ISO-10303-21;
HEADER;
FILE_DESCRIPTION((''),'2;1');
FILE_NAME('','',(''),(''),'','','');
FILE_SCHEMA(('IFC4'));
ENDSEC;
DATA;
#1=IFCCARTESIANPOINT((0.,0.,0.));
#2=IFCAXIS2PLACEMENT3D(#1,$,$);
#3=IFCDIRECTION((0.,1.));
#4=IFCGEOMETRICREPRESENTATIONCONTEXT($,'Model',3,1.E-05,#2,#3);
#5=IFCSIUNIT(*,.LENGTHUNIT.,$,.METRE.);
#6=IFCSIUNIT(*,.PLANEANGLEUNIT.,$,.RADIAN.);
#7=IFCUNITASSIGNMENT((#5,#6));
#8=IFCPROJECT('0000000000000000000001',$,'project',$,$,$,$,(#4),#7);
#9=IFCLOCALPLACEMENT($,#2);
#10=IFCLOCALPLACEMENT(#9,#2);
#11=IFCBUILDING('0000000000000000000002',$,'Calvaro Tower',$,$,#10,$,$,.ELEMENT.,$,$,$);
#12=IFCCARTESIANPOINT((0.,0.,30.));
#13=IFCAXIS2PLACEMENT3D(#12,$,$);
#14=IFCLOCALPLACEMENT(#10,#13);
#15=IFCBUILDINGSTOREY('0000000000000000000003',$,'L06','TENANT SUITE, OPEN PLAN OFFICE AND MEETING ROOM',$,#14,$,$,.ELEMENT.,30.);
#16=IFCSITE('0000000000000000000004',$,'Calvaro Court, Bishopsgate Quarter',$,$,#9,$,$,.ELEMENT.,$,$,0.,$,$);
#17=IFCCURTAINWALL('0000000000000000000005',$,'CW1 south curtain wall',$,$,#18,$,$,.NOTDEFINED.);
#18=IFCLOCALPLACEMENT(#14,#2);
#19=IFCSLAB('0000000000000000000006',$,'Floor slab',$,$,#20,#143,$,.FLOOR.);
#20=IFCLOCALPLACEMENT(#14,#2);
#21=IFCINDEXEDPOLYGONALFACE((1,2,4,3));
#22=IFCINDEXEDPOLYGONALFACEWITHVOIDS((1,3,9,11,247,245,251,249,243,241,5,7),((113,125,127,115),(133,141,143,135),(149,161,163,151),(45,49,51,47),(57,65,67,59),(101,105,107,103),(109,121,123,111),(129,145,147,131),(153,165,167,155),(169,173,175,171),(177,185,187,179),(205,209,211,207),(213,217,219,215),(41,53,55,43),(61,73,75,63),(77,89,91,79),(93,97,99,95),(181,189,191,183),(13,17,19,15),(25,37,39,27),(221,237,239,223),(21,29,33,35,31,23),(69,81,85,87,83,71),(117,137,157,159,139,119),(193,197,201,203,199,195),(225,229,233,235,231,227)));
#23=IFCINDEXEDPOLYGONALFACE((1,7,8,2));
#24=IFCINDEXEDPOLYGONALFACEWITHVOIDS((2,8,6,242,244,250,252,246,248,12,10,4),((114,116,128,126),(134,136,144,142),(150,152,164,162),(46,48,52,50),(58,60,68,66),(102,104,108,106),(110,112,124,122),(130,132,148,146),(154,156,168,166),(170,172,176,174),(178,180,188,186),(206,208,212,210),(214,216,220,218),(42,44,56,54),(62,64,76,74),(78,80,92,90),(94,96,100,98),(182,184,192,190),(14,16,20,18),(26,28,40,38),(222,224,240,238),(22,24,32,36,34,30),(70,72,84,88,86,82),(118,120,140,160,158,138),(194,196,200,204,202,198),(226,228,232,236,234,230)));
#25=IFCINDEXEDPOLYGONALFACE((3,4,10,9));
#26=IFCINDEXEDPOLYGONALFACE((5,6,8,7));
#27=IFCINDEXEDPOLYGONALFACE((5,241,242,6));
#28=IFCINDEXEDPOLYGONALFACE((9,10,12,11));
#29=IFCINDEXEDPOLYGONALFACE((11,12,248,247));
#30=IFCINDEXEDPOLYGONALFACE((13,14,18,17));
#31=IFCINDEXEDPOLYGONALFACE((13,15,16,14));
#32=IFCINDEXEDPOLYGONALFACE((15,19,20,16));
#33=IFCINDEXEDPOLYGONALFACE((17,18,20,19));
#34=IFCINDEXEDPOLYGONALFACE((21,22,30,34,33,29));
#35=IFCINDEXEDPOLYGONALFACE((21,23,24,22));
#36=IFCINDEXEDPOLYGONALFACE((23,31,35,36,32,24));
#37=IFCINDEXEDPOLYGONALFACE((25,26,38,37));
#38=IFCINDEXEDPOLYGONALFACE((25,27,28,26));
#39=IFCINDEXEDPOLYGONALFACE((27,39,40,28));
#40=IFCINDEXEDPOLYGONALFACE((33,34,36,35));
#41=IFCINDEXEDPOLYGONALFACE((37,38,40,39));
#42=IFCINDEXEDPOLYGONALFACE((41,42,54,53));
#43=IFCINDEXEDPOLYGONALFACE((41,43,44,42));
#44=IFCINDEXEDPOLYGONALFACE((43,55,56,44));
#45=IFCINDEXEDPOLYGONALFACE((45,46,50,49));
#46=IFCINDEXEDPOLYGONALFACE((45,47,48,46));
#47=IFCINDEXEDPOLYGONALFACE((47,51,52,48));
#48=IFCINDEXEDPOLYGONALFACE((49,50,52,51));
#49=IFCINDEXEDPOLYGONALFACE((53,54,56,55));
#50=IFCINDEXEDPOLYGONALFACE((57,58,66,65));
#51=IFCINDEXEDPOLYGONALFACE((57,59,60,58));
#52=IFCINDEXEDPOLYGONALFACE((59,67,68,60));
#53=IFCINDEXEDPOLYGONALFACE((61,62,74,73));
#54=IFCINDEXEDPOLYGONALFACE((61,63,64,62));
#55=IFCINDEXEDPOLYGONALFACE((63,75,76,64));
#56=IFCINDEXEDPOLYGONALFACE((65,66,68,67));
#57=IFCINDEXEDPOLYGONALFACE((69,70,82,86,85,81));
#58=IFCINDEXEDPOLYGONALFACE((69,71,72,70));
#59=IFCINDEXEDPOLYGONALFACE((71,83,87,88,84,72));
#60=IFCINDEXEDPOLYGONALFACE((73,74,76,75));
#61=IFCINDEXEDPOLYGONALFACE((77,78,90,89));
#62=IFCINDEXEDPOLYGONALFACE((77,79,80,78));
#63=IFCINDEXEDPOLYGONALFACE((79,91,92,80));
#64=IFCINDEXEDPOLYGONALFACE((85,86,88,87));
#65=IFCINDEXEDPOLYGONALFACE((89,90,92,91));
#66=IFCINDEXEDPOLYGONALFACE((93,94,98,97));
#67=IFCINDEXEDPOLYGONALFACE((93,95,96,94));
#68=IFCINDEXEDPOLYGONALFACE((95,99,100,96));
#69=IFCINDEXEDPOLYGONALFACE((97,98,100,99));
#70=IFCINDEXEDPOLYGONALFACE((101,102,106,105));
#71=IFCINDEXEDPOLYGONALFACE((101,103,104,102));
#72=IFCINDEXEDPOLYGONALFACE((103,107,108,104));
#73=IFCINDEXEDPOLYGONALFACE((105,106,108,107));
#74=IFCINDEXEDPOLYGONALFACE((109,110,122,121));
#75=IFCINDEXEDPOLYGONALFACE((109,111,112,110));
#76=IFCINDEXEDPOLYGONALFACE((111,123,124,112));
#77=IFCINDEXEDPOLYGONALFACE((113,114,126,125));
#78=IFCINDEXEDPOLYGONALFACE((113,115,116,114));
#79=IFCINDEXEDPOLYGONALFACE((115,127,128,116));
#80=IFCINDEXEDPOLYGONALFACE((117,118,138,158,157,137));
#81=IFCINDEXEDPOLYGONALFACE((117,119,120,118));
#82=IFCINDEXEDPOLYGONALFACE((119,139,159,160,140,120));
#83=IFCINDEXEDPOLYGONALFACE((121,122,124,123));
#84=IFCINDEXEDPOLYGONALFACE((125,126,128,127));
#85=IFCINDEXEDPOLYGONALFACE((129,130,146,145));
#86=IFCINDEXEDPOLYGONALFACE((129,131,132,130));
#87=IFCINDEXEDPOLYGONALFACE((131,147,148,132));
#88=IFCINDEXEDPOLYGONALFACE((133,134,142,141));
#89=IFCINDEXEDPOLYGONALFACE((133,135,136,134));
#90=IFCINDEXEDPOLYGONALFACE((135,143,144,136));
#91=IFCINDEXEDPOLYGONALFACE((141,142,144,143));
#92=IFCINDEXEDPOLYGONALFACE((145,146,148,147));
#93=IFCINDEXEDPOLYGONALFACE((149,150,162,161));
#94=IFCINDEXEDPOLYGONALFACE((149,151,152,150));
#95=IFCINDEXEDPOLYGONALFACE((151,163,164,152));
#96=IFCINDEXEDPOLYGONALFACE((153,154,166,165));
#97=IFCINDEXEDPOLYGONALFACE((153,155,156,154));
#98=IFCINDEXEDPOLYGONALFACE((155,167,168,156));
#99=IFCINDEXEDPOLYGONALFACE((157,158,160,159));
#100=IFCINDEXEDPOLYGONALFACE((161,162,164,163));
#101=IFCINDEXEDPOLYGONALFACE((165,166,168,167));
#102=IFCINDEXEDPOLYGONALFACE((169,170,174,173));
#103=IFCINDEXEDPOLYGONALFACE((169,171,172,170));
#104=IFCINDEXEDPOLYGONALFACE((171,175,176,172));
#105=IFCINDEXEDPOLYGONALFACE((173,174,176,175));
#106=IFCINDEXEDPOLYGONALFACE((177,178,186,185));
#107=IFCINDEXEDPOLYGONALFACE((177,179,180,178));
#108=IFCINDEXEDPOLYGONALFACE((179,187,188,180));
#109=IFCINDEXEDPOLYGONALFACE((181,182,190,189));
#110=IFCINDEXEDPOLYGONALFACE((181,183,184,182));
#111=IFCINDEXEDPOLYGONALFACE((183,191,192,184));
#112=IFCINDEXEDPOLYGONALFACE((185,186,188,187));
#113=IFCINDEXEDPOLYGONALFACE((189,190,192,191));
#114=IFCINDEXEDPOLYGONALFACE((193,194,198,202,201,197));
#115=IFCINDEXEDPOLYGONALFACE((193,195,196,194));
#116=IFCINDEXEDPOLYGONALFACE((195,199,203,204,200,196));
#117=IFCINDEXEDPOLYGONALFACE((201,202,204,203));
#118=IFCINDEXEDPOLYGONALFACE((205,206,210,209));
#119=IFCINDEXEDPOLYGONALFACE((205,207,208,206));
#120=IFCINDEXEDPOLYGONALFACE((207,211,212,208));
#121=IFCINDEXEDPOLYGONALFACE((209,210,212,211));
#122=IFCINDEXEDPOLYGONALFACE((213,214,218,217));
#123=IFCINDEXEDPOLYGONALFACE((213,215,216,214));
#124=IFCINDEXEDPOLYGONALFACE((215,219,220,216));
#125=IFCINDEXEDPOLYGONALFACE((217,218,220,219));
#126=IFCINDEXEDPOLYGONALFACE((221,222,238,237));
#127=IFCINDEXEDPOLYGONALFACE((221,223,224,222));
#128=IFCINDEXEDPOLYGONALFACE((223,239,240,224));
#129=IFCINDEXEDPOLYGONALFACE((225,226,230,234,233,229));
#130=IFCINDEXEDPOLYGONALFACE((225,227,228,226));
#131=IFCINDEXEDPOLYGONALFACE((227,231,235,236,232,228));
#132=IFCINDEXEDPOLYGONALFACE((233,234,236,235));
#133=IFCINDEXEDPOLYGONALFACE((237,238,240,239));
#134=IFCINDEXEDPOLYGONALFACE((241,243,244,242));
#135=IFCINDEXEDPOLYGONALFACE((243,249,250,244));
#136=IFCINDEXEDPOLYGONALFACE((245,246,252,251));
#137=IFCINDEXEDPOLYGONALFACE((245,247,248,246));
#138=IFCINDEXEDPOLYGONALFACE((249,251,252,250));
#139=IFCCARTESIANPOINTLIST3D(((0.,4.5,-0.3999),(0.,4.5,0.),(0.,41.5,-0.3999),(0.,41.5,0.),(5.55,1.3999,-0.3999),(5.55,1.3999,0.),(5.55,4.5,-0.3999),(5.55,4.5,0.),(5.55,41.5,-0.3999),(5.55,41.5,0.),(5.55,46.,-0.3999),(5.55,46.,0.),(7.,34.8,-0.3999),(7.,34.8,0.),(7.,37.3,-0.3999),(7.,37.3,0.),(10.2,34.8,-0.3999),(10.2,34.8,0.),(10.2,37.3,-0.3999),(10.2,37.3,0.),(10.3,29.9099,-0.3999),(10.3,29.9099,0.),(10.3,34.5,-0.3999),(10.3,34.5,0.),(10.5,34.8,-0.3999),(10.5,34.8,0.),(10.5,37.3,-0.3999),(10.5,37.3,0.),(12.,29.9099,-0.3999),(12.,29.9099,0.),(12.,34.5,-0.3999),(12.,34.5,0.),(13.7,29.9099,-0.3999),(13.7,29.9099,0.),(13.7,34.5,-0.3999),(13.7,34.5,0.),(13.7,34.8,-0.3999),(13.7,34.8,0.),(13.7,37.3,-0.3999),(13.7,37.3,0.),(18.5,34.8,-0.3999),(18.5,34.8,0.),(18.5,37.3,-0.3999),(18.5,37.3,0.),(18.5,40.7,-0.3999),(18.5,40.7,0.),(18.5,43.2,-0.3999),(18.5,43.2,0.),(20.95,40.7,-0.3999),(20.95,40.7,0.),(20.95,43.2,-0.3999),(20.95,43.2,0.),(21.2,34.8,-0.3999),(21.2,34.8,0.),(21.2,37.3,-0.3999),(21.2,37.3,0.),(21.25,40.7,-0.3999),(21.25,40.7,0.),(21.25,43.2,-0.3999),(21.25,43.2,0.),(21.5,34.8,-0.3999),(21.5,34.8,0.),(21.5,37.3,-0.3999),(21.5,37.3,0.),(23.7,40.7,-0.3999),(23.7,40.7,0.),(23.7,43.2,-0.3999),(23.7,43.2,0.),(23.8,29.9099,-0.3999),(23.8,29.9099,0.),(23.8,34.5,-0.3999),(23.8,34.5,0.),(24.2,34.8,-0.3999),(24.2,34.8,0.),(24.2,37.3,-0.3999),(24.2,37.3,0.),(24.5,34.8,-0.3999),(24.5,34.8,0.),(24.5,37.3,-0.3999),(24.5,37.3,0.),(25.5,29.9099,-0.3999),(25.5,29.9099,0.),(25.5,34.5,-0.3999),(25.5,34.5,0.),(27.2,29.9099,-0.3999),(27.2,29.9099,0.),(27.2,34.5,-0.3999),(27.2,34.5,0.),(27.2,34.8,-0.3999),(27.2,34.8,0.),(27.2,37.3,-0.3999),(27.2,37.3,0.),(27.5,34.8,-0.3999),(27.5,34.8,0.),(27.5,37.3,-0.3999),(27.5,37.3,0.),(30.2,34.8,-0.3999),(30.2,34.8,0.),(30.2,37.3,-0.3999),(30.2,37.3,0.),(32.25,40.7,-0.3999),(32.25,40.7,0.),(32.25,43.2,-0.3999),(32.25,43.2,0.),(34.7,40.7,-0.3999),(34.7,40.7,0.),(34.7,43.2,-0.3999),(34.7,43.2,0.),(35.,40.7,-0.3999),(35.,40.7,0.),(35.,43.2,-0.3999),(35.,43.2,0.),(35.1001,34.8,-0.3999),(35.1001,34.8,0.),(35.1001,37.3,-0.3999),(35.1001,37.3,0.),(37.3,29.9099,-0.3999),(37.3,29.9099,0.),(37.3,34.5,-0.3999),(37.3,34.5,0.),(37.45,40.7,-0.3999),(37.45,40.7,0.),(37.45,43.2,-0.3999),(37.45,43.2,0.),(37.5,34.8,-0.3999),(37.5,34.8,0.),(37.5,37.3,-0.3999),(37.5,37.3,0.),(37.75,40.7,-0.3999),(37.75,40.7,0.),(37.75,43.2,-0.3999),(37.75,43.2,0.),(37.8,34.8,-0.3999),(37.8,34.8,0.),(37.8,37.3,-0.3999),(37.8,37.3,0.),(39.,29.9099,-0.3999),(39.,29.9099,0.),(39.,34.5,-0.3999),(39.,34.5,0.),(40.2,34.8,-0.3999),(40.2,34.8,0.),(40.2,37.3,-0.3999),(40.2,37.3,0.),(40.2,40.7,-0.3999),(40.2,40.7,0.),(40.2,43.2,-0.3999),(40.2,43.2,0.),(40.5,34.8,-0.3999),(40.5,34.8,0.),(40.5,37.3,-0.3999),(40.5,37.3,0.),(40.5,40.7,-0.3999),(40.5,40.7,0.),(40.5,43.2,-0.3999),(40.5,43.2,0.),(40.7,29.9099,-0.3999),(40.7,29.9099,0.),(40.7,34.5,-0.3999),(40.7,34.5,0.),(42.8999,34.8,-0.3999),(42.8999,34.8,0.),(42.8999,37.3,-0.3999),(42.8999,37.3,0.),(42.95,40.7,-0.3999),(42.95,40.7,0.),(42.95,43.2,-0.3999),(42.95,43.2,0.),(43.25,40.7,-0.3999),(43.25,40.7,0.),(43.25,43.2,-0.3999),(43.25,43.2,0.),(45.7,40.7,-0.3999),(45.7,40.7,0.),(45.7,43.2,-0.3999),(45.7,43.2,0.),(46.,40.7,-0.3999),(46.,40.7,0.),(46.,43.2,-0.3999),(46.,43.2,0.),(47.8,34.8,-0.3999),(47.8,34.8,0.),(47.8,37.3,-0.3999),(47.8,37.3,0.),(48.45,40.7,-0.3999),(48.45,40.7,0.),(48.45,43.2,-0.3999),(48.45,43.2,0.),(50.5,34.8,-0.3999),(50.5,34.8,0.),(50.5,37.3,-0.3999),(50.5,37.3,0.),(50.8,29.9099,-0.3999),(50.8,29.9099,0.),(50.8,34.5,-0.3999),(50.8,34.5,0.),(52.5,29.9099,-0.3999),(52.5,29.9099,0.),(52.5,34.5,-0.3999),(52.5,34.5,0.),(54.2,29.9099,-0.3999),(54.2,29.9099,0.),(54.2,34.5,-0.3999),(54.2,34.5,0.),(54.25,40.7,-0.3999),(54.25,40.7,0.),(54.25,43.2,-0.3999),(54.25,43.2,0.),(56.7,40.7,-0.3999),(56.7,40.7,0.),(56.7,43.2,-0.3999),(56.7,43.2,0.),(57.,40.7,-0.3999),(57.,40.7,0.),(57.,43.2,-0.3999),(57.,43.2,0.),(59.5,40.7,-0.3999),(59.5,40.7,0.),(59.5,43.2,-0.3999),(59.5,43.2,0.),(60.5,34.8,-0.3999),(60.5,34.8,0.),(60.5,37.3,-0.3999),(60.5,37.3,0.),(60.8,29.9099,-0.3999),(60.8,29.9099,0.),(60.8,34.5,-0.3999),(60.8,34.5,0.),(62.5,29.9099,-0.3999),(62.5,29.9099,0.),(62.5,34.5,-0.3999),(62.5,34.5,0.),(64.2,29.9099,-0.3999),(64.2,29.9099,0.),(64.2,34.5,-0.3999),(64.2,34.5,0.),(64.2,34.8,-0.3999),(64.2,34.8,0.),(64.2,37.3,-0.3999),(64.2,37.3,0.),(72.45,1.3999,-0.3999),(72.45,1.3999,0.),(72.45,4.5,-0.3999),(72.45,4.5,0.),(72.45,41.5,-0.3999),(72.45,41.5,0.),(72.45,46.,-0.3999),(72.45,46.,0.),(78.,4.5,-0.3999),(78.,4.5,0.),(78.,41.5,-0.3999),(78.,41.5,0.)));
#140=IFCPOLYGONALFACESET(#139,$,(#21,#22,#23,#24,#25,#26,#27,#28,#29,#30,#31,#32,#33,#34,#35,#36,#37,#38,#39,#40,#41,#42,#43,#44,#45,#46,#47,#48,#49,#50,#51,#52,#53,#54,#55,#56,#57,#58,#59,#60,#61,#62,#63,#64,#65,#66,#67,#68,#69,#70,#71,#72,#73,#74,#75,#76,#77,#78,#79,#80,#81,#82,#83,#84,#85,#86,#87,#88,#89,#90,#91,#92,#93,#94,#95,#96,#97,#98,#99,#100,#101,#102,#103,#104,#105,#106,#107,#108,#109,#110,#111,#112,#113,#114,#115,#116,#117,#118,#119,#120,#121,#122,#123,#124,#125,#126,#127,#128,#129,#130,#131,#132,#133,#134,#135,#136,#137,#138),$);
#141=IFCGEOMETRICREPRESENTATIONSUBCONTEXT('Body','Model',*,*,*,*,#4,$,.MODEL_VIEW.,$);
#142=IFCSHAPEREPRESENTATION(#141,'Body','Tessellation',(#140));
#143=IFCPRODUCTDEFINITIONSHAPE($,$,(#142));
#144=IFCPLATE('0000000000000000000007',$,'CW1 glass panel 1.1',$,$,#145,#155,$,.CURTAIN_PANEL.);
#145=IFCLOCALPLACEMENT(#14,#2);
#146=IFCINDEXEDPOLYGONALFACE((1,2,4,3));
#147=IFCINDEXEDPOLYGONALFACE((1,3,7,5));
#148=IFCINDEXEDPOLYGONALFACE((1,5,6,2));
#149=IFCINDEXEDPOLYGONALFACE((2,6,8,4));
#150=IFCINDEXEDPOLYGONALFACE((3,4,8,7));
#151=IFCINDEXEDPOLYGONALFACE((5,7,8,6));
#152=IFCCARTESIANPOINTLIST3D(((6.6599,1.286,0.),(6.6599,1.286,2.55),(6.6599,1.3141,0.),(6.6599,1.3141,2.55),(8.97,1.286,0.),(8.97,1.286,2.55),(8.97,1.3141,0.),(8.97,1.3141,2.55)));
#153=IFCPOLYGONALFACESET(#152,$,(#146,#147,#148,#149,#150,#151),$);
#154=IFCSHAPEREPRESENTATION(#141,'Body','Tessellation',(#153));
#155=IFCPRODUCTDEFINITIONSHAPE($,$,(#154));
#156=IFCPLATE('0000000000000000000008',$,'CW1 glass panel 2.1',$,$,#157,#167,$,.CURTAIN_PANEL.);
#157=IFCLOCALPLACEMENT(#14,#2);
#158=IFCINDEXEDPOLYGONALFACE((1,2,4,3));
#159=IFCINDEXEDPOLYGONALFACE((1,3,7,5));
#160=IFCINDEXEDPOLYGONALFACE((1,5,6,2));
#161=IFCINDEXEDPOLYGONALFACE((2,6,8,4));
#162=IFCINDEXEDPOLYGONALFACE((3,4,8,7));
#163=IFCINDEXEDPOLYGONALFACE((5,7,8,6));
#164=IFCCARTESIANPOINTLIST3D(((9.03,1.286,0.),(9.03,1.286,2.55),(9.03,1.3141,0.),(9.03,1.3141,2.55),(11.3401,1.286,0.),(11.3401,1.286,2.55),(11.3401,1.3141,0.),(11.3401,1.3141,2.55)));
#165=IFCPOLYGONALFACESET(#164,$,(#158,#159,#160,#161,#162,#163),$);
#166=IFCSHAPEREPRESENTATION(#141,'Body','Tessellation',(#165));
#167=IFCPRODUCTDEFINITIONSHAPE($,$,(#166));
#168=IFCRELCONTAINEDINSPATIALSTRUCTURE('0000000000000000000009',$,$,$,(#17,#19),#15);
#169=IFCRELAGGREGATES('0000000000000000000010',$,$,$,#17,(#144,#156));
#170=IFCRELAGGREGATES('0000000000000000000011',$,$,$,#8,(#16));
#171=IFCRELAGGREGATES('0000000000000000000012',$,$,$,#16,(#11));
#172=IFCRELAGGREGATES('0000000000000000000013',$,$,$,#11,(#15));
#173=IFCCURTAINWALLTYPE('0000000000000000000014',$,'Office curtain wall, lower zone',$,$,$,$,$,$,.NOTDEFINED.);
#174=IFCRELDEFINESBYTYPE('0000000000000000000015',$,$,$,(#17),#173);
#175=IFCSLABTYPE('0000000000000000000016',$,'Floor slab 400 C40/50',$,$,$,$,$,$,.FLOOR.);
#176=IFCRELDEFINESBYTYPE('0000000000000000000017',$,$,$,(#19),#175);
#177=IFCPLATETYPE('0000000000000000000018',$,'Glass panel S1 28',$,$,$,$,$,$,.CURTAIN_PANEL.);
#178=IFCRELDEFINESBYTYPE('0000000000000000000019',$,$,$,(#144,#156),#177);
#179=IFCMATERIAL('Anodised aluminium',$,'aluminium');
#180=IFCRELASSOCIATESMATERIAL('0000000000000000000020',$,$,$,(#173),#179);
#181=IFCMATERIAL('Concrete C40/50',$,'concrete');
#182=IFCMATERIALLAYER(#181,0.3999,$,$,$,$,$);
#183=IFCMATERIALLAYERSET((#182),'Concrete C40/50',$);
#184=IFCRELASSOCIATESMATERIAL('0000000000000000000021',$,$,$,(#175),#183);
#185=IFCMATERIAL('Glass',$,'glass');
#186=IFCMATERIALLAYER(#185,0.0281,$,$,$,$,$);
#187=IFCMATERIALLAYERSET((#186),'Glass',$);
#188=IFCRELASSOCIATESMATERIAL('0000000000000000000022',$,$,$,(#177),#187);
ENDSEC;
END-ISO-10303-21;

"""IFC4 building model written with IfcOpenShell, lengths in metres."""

from ifc_helpers import new_model, si_unit, direction, frame, origin, origin_2d, place, context, subcontext, project, spatial, polyline, rectangle, outline, extrude, material, layer, layer_set, type_object, element, aggregate, save


model = new_model("IFC4")

# Units and contexts
model_context = context("Model", 3, precision=1e-05, world=origin(), true_north=direction((0.0, 1.0)))
body_context = subcontext(model_context, "Body", "Model", "MODEL_VIEW")
ifc_project = project(units=[si_unit("LENGTHUNIT", "METRE"), si_unit("PLANEANGLEUNIT", "RADIAN")], contexts=[model_context])

# Site, building, storey
site_placement = place(None, origin())
site = spatial("IfcSite", under=ifc_project, at=site_placement, Name="Calvaro Court, Bishopsgate Quarter", CompositionType="ELEMENT", RefElevation=0.0)
building_placement = place(site_placement, origin())
building = spatial("IfcBuilding", under=site, at=building_placement, Name="Calvaro Tower", CompositionType="ELEMENT")
storey_placement = place(building_placement, frame((0.0, 0.0, 30.0)))
storey = spatial("IfcBuildingStorey", under=building, at=storey_placement, Name="L06", Description="TENANT SUITE, OPEN PLAN OFFICE AND MEETING ROOM", CompositionType="ELEMENT", Elevation=30.0)

# Curtain wall
ifc_material_1 = material(Name="Anodised aluminium", Category="aluminium")
curtain_wall_type = type_object("IfcCurtainWallType", Name="Office curtain wall, lower zone", PredefinedType="NOTDEFINED", material=ifc_material_1)
curtain_wall_1_placement = place(storey_placement, origin())
curtain_wall_1 = element("IfcCurtainWall", 1, at=curtain_wall_1_placement, inside=storey, type_object=curtain_wall_type, Name="CW1 south curtain wall", PredefinedType="NOTDEFINED")

# Slab
ifc_material_2 = material(Name="Concrete C40/50", Category="concrete")
ifc_layer_1 = layer(ifc_material_2, 0.3999)
ifc_layer_set_1 = layer_set([ifc_layer_1], Name="Concrete C40/50")
slab_type_1 = type_object("IfcSlabType", Name="Floor slab 400 C40/50", PredefinedType="FLOOR", material=ifc_layer_set_1)
slab_1_placement = place(storey_placement, frame((0.0, 0.0, -0.3999)))
element("IfcSlab", 2, at=slab_1_placement, inside=storey, type_object=slab_type_1, Name="Floor slab", PredefinedType="FLOOR", context=body_context, shape_type="SweptSolid", body=[
    extrude(outline(polyline([(72.45, 4.5), (72.45, 1.3999), (5.55, 1.3999), (5.55, 4.5), (0.0, 4.5), (0.0, 41.5), (5.55, 41.5), (5.55, 46.0), (72.45, 46.0), (72.45, 41.5), (78.0, 41.5), (78.0, 4.5), (72.45, 4.5)]), holes=[polyline([(10.3, 29.9099), (10.3, 34.5), (12.0, 34.5), (13.7, 34.5), (13.7, 29.9099), (12.0, 29.9099), (10.3, 29.9099)]), polyline([(23.8, 29.9099), (23.8, 34.5), (25.5, 34.5), (27.2, 34.5), (27.2, 29.9099), (25.5, 29.9099), (23.8, 29.9099)]), polyline([(37.3, 29.9099), (37.3, 34.5), (39.0, 34.5), (40.7, 34.5), (40.7, 29.9099), (39.0, 29.9099), (37.3, 29.9099)]), polyline([(50.8, 29.9099), (50.8, 34.5), (52.5, 34.5), (54.2, 34.5), (54.2, 29.9099), (52.5, 29.9099), (50.8, 29.9099)]), polyline([(60.8, 29.9099), (60.8, 34.5), (62.5, 34.5), (64.2, 34.5), (64.2, 29.9099), (62.5, 29.9099), (60.8, 29.9099)]), polyline([(18.5, 34.8), (21.2, 34.8), (21.2, 37.3), (18.5, 37.3), (18.5, 34.8)]), polyline([(21.5, 34.8), (24.2, 34.8), (24.2, 37.3), (21.5, 37.3), (21.5, 34.8)]), polyline([(24.5, 34.8), (27.2, 34.8), (27.2, 37.3), (24.5, 37.3), (24.5, 34.8)]), polyline([(35.1001, 34.8), (37.5, 34.8), (37.5, 37.3), (35.1001, 37.3), (35.1001, 34.8)]), polyline([(37.8, 34.8), (40.2, 34.8), (40.2, 37.3), (37.8, 37.3), (37.8, 34.8)]), polyline([(40.5, 34.8), (42.8999, 34.8), (42.8999, 37.3), (40.5, 37.3), (40.5, 34.8)]), polyline([(18.5, 40.7), (20.95, 40.7), (20.95, 43.2), (18.5, 43.2), (18.5, 40.7)]), polyline([(21.25, 40.7), (23.7, 40.7), (23.7, 43.2), (21.25, 43.2), (21.25, 40.7)]), polyline([(32.25, 40.7), (34.7, 40.7), (34.7, 43.2), (32.25, 43.2), (32.25, 40.7)]), polyline([(35.0, 40.7), (37.45, 40.7), (37.45, 43.2), (35.0, 43.2), (35.0, 40.7)]), polyline([(37.75, 40.7), (40.2, 40.7), (40.2, 43.2), (37.75, 43.2), (37.75, 40.7)]), polyline([(40.5, 40.7), (42.95, 40.7), (42.95, 43.2), (40.5, 43.2), (40.5, 40.7)]), polyline([(43.25, 40.7), (45.7, 40.7), (45.7, 43.2), (43.25, 43.2), (43.25, 40.7)]), polyline([(46.0, 40.7), (48.45, 40.7), (48.45, 43.2), (46.0, 43.2), (46.0, 40.7)]), polyline([(54.25, 40.7), (56.7, 40.7), (56.7, 43.2), (54.25, 43.2), (54.25, 40.7)]), polyline([(57.0, 40.7), (59.5, 40.7), (59.5, 43.2), (57.0, 43.2), (57.0, 40.7)]), polyline([(7.0, 34.8), (10.2, 34.8), (10.2, 37.3), (7.0, 37.3), (7.0, 34.8)]), polyline([(10.5, 34.8), (13.7, 34.8), (13.7, 37.3), (10.5, 37.3), (10.5, 34.8)]), polyline([(60.5, 34.8), (64.2, 34.8), (64.2, 37.3), (60.5, 37.3), (60.5, 34.8)]), polyline([(27.5, 34.8), (30.2, 34.8), (30.2, 37.3), (27.5, 37.3), (27.5, 34.8)]), polyline([(47.8, 34.8), (50.5, 34.8), (50.5, 37.3), (47.8, 37.3), (47.8, 34.8)])]), origin(), (0.0, 0.0, 1.0), 0.3999),
])

# Plates
ifc_material_3 = material(Name="Glass", Category="glass")
ifc_layer_2 = layer(ifc_material_3, 0.0281)
ifc_layer_set_2 = layer_set([ifc_layer_2], Name="Glass")
plate_type = type_object("IfcPlateType", Name="Glass panel S1 28", PredefinedType="CURTAIN_PANEL", material=ifc_layer_set_2)
plate_1_placement = place(storey_placement, frame((7.8149, 1.3, 0.0), z_axis=(0.0, 0.0, 1.0), x_axis=(1.0, 0.0, 0.0)))
plate_1 = element("IfcPlate", 3, at=plate_1_placement, type_object=plate_type, Name="CW1 glass panel 1.1", PredefinedType="CURTAIN_PANEL", context=body_context, shape_type="SweptSolid", body=[
    extrude(rectangle(XDim=2.3101, YDim=0.0281, at=origin_2d()), origin(), (0.0, 0.0, 1.0), 2.55),
])
plate_2_placement = place(storey_placement, frame((10.1851, 1.3, 0.0), z_axis=(0.0, 0.0, 1.0), x_axis=(1.0, 0.0, 0.0)))
plate_2 = element("IfcPlate", 4, at=plate_2_placement, type_object=plate_type, Name="CW1 glass panel 2.1", PredefinedType="CURTAIN_PANEL", context=body_context, shape_type="SweptSolid", body=[
    extrude(rectangle(XDim=2.3101, YDim=0.0281, at=origin_2d()), origin(), (0.0, 0.0, 1.0), 2.55),
])
aggregate(curtain_wall_1, [plate_1, plate_2])

save(model, "model.ifc")
